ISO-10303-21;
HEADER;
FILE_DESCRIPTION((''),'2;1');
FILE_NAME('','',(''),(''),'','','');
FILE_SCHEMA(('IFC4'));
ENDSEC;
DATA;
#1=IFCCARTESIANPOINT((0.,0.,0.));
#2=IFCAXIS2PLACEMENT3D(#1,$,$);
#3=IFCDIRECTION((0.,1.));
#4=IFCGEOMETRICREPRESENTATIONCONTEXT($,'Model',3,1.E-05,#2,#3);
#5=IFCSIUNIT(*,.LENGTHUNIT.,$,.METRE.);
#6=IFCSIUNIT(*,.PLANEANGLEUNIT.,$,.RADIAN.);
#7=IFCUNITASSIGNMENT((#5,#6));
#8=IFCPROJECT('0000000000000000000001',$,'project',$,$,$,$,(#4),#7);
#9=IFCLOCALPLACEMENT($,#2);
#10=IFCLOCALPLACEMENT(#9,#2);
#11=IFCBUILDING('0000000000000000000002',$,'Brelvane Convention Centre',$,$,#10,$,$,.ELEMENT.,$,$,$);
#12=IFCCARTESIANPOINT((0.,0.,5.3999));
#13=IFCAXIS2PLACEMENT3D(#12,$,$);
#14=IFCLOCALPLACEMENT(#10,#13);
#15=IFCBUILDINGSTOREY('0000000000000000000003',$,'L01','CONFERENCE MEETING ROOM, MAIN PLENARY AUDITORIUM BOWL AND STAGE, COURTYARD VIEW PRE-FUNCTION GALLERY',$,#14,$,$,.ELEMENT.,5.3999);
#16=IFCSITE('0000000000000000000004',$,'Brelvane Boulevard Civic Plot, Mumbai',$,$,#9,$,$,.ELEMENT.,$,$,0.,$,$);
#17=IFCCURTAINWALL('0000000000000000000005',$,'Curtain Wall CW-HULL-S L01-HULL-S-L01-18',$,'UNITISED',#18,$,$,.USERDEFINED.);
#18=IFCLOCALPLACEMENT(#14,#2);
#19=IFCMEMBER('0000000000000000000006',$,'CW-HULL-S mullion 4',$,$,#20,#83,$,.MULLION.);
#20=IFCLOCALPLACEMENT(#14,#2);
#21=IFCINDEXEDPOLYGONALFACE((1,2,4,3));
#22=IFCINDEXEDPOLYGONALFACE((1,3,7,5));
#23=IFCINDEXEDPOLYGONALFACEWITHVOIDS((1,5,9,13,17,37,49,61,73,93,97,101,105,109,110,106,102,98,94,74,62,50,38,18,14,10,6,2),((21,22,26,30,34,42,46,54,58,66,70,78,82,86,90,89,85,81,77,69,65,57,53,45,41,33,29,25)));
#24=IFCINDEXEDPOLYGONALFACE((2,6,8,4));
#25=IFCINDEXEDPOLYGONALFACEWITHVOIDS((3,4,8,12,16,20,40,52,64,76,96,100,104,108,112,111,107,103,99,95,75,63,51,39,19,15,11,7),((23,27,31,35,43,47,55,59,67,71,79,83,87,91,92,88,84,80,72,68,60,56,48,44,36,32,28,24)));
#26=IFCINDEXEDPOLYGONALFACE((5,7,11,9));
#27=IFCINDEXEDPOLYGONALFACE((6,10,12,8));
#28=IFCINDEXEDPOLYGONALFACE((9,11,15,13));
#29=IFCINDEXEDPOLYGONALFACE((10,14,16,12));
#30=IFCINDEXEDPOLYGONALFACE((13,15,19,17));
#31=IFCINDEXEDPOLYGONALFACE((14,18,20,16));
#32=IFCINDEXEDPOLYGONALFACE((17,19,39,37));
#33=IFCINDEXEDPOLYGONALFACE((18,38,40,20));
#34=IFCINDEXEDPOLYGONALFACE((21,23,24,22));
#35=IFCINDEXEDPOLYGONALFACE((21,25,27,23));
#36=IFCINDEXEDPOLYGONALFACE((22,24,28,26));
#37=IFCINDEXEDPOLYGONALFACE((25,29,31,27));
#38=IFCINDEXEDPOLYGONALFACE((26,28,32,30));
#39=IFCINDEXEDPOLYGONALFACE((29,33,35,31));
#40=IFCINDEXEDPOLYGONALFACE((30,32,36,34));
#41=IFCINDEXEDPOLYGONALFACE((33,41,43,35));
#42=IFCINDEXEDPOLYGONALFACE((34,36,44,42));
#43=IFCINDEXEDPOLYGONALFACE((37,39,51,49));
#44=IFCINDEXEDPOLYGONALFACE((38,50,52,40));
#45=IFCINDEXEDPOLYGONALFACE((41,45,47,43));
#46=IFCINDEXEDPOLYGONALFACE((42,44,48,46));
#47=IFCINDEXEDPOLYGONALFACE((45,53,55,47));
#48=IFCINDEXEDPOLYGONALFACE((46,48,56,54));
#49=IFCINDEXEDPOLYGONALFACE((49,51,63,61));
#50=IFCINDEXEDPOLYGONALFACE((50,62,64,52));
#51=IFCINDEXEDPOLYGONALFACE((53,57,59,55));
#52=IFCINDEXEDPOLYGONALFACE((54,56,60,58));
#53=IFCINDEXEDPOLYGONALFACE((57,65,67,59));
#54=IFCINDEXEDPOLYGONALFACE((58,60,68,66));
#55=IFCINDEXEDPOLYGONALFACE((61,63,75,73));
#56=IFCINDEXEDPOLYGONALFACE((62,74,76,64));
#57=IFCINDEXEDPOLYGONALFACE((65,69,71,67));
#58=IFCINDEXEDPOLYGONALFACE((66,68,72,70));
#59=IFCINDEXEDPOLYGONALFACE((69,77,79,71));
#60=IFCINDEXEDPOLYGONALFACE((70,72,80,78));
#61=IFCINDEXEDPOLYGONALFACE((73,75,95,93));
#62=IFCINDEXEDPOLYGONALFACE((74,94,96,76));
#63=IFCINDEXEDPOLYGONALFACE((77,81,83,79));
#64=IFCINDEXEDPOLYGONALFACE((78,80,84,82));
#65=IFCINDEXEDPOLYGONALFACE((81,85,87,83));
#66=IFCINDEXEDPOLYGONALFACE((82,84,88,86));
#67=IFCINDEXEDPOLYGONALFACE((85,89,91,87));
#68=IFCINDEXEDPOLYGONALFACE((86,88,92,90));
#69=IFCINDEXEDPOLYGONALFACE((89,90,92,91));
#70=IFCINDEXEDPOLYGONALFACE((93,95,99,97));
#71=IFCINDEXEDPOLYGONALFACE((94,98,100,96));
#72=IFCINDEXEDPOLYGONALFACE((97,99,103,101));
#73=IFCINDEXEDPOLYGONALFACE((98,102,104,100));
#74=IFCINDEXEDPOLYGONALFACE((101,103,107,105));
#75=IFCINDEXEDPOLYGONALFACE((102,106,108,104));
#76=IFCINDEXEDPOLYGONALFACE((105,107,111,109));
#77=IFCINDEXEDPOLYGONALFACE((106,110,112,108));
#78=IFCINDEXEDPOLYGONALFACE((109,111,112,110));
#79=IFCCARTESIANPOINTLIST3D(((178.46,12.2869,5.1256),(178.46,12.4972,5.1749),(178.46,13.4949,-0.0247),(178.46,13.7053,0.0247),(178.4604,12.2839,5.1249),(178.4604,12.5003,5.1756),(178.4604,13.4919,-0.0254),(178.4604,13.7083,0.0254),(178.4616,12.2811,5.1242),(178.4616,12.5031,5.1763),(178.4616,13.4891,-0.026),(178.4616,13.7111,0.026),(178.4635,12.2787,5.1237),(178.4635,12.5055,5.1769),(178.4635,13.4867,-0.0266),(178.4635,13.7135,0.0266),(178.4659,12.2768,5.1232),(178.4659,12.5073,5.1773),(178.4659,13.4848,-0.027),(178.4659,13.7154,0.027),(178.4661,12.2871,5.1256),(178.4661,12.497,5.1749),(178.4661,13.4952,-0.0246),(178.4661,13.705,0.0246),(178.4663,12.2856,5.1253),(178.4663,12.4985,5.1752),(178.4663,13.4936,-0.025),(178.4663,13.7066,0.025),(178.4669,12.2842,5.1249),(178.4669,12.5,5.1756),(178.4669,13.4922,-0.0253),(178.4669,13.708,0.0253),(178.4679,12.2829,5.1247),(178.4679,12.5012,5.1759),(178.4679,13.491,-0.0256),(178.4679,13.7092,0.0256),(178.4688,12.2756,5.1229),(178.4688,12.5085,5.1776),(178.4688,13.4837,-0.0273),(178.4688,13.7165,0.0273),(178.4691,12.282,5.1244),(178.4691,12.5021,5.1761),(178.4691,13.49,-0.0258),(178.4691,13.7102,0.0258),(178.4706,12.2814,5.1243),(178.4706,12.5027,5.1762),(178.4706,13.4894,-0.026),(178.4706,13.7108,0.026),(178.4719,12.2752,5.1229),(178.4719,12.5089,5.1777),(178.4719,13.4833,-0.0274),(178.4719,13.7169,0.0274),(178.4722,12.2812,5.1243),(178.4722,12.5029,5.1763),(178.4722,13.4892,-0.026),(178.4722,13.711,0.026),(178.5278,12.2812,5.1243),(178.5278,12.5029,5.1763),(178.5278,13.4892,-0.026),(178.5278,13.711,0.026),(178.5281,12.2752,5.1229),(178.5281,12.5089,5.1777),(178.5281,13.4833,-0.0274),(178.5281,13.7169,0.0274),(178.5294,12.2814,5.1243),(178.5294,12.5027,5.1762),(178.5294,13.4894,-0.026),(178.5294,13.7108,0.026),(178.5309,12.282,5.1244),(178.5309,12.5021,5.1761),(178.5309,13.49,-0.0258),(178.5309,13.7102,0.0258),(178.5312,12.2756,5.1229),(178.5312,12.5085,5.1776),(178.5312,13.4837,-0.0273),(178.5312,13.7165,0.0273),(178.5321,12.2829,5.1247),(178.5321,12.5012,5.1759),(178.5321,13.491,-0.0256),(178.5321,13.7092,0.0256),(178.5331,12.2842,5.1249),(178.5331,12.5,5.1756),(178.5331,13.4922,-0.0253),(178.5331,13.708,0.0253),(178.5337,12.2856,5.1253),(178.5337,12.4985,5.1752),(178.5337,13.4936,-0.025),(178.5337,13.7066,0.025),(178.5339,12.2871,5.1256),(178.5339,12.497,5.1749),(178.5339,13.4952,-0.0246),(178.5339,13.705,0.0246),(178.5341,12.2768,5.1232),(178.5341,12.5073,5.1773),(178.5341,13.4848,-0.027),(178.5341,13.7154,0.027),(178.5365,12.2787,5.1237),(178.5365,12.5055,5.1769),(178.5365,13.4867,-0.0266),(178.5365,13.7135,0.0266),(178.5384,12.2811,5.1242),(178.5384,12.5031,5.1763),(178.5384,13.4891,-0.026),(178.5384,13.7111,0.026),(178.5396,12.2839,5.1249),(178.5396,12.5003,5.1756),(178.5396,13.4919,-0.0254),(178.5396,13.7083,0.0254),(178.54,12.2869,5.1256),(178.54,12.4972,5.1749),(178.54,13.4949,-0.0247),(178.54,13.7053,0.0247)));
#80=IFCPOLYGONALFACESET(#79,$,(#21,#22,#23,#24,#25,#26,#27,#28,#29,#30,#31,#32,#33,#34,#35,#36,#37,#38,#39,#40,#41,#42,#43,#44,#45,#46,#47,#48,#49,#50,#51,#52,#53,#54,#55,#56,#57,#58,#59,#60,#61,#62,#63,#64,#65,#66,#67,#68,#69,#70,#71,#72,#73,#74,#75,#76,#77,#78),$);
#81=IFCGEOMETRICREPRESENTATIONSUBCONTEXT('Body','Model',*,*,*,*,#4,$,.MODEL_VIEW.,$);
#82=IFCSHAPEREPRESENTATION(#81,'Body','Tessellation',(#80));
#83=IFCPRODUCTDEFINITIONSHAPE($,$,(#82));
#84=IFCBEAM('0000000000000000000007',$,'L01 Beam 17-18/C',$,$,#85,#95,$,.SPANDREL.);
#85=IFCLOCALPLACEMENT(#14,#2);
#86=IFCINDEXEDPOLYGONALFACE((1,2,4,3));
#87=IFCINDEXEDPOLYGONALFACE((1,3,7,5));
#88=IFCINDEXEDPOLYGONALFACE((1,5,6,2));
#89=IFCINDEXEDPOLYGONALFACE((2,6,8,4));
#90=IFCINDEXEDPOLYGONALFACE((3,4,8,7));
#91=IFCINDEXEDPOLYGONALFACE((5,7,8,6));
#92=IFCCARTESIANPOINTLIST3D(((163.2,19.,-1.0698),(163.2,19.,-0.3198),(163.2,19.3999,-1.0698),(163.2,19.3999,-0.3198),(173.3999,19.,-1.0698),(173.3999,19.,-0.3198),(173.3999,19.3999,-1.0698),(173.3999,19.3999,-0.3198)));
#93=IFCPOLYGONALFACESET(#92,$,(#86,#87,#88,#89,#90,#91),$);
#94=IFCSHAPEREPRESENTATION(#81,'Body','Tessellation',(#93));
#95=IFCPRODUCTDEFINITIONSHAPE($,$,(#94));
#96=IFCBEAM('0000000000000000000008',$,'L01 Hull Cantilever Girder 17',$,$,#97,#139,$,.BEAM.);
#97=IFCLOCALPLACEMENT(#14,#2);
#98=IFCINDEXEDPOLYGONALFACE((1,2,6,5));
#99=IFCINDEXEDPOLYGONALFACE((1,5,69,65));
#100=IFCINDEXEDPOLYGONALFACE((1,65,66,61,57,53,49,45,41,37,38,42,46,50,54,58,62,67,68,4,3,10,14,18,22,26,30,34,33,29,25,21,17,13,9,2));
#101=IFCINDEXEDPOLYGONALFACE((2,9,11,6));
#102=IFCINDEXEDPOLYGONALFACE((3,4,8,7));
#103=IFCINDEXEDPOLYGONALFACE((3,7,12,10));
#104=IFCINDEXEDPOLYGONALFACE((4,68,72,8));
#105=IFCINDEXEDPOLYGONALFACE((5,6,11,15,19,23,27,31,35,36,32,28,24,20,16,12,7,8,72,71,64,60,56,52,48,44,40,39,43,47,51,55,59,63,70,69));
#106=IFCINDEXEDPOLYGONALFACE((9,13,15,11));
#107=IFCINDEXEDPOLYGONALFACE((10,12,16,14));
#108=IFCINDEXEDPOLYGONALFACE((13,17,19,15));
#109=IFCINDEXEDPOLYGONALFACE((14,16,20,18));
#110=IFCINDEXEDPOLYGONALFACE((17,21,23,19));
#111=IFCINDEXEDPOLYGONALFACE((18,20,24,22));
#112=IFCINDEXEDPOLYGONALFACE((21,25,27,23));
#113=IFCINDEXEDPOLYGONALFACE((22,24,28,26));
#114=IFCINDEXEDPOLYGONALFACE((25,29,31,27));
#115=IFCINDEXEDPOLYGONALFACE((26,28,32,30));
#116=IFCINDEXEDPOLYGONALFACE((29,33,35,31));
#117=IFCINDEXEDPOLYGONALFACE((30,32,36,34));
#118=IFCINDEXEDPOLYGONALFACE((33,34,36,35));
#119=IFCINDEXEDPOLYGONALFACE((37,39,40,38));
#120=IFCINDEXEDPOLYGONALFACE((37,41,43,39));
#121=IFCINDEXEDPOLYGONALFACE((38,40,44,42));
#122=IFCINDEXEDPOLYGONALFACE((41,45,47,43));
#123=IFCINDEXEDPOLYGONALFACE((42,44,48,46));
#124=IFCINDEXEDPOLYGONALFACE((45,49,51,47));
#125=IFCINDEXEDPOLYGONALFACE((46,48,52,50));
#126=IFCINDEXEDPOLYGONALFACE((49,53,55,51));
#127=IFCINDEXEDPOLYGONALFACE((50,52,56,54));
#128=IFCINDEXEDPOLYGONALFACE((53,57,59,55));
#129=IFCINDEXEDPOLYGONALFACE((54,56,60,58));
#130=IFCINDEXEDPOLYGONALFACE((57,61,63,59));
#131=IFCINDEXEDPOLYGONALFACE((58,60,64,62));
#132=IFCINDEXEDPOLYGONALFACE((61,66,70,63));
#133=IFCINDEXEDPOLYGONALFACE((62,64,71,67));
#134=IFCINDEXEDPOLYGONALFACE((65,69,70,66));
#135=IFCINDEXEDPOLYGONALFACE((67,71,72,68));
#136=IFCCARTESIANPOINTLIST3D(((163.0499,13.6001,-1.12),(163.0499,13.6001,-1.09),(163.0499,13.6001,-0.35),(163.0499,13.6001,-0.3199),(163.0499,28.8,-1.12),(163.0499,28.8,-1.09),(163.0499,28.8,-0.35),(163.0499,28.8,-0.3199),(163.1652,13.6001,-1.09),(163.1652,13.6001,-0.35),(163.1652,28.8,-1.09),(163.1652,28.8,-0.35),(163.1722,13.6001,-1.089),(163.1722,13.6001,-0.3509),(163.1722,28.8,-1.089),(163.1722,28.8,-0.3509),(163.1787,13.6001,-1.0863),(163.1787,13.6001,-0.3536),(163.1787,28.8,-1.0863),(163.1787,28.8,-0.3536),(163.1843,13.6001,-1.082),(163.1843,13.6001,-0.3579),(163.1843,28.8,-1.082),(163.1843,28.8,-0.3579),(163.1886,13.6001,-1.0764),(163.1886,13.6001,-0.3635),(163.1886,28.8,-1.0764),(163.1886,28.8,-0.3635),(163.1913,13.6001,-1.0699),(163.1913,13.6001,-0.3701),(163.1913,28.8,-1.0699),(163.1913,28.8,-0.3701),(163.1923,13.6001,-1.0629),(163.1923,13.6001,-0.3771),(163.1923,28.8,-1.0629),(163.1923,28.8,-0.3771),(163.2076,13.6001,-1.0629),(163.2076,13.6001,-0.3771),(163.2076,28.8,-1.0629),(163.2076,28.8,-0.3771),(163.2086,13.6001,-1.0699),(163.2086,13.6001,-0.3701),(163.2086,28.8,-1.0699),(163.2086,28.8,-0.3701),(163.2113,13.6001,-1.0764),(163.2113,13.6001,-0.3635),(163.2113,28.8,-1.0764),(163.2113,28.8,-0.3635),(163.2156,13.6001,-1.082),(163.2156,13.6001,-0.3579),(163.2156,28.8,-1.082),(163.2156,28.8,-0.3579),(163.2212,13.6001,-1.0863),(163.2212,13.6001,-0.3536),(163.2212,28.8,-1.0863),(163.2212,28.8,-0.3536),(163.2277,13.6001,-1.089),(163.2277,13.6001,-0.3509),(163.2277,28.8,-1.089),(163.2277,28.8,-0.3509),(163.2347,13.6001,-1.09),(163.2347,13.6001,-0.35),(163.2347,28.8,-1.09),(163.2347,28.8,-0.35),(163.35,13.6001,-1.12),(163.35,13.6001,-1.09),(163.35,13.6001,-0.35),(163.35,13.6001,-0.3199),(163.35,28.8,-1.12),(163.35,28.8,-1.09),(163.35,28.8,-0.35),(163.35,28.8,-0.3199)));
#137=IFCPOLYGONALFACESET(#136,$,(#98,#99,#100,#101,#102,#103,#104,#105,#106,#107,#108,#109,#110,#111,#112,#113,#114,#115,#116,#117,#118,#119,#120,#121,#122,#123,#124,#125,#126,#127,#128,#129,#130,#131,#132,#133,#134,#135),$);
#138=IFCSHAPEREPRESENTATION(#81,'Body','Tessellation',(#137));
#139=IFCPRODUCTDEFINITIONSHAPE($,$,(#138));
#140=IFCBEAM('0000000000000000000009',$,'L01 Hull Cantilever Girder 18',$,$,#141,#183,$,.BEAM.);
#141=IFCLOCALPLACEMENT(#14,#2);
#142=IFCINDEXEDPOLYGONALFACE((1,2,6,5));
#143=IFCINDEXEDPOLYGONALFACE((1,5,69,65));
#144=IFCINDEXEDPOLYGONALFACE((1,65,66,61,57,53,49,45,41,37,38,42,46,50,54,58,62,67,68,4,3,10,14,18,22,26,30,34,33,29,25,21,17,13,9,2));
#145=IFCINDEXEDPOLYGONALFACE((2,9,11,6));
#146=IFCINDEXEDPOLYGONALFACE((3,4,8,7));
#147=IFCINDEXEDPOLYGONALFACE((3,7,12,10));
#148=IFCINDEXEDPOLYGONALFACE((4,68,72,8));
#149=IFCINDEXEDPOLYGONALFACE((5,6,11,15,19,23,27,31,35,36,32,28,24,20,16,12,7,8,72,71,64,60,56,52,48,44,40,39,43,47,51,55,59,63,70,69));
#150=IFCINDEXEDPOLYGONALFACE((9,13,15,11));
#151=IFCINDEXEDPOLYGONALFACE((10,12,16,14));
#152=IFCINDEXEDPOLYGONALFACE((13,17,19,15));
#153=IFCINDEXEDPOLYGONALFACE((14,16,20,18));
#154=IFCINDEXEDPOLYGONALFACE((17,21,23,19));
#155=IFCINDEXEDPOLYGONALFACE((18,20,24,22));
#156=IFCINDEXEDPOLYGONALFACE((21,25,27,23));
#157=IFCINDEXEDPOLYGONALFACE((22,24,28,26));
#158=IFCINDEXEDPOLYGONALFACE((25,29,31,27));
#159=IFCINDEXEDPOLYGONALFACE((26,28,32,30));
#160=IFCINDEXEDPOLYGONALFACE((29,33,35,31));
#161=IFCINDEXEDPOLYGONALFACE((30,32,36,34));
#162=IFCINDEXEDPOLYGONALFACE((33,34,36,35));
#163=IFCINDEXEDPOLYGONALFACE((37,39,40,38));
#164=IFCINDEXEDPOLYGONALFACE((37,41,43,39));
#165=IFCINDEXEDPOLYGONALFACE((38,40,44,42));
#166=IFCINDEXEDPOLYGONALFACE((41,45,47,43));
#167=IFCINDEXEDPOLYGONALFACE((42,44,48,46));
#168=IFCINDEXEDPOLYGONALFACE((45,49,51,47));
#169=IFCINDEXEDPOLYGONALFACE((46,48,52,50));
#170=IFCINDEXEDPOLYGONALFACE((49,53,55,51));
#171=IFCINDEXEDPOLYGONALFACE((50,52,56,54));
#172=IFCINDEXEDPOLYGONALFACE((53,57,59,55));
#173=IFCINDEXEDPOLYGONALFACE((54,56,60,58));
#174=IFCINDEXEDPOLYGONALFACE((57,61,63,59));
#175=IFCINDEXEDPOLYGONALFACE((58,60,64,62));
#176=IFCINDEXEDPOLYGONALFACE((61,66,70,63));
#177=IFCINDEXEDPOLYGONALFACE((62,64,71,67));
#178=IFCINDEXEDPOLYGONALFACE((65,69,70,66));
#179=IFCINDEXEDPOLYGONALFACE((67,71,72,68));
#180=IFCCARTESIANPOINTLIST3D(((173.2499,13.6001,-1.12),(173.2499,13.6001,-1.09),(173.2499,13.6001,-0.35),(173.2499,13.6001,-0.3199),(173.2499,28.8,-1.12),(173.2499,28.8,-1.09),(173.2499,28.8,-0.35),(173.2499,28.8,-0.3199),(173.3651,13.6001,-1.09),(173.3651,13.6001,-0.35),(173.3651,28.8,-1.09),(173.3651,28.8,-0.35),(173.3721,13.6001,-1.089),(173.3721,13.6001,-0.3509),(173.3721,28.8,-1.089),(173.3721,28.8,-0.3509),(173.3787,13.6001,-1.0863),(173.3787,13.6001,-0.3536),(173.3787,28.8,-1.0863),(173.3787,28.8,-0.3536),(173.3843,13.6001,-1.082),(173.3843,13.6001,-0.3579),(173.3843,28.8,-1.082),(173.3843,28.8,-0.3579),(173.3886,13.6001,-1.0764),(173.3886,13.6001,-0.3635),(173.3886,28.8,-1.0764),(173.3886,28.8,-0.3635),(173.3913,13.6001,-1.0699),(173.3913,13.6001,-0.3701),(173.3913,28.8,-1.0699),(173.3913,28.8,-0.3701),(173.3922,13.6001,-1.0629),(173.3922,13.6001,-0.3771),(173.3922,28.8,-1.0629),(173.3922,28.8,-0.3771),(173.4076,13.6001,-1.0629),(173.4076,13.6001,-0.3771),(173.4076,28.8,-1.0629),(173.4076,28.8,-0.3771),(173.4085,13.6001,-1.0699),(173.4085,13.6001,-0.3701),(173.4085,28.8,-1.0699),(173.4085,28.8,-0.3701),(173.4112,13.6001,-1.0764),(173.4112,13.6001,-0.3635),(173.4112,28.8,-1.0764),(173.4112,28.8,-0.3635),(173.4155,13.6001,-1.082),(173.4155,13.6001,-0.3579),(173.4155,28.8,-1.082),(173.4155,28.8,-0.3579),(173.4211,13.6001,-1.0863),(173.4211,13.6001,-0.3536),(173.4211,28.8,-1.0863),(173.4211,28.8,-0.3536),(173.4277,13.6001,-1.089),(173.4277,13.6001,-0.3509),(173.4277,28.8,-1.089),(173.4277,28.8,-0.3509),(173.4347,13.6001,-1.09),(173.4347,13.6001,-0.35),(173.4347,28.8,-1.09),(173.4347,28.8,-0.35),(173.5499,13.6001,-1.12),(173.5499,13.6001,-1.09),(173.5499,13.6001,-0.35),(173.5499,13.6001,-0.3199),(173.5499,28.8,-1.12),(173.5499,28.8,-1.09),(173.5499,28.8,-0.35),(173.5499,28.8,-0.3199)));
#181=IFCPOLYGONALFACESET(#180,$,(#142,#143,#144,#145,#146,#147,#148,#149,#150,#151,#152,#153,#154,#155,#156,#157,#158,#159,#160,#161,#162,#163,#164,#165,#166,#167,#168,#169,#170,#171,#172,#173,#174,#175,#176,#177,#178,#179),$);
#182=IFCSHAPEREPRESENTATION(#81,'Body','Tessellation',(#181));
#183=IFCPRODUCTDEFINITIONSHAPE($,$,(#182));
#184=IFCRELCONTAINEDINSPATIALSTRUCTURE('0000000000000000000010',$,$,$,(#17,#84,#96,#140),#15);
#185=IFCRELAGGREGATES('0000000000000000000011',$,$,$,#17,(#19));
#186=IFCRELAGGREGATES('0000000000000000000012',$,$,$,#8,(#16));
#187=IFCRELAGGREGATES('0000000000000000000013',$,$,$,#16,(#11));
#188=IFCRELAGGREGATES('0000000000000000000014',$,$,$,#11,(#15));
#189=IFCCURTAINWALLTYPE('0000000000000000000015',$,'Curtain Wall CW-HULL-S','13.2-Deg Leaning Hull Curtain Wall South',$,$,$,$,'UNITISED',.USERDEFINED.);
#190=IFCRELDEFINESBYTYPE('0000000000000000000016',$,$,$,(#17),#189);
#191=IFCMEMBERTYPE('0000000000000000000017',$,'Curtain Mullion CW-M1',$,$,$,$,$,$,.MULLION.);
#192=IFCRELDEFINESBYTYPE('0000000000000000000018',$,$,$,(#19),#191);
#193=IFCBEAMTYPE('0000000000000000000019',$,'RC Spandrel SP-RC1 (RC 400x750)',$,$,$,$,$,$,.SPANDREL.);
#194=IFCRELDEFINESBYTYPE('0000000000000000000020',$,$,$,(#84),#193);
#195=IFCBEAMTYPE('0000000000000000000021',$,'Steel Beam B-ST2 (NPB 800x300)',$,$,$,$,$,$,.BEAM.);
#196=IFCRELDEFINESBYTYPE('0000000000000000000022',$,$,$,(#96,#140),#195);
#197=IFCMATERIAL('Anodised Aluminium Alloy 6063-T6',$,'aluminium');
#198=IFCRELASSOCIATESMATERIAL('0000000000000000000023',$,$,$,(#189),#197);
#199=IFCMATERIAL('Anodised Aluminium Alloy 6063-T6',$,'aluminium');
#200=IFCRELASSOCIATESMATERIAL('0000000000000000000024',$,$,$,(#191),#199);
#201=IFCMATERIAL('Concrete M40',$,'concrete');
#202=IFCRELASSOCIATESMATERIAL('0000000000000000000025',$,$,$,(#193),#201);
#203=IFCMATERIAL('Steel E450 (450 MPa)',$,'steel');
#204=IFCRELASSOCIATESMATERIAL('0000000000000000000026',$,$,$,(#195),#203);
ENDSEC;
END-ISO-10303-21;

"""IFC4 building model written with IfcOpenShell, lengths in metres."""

from ifc_helpers import new_model, si_unit, direction, frame, origin, origin_2d, place, context, subcontext, project, spatial, rectangle, hollow_rectangle, i_section, extrude, material, material_profile, profile_set, type_object, element, aggregate, save


model = new_model("IFC4")

# Units and contexts
model_context = context("Model", 3, precision=1e-05, world=origin(), true_north=direction((0.0, 1.0)))
body_context = subcontext(model_context, "Body", "Model", "MODEL_VIEW")
ifc_project = project(units=[si_unit("LENGTHUNIT", "METRE"), si_unit("PLANEANGLEUNIT", "RADIAN")], contexts=[model_context])

# Site, building, storey
site_placement = place(None, origin())
site = spatial("IfcSite", under=ifc_project, at=site_placement, Name="Brelvane Boulevard Civic Plot, Mumbai", CompositionType="ELEMENT", RefElevation=0.0)
building_placement = place(site_placement, origin())
building = spatial("IfcBuilding", under=site, at=building_placement, Name="Brelvane Convention Centre", CompositionType="ELEMENT")
storey_placement = place(building_placement, frame((0.0, 0.0, 5.3999)))
storey = spatial("IfcBuildingStorey", under=building, at=storey_placement, Name="L01", Description="CONFERENCE MEETING ROOM, MAIN PLENARY AUDITORIUM BOWL AND STAGE, COURTYARD VIEW PRE-FUNCTION GALLERY", CompositionType="ELEMENT", Elevation=5.3999)

# Curtain wall, member
ifc_material_1 = material(Name="Anodised Aluminium Alloy 6063-T6", Category="aluminium")
curtain_wall_type = type_object("IfcCurtainWallType", Name="Curtain Wall CW-HULL-S", Description="13.2-Deg Leaning Hull Curtain Wall South", ElementType="UNITISED", PredefinedType="USERDEFINED", material=ifc_material_1)
ifc_material_2 = material(Name="Anodised Aluminium Alloy 6063-T6", Category="aluminium")
ifc_material_profile_1 = material_profile(ifc_material_2, hollow_rectangle(XDim=0.0801, YDim=0.24, WallThickness=0.0061, InnerFilletRadius=0.0061, OuterFilletRadius=0.012, at=origin_2d()), Name="ALU-M 240x80x6.0")
ifc_profile_set_1 = profile_set([ifc_material_profile_1], Name="Anodised Aluminium Alloy 6063-T6")
member_type_1 = type_object("IfcMemberType", Name="Curtain Mullion CW-M1", PredefinedType="MULLION", material=ifc_profile_set_1)
curtain_wall_1_placement = place(storey_placement, origin())
curtain_wall_1 = element("IfcCurtainWall", 1, at=curtain_wall_1_placement, inside=storey, type_object=curtain_wall_type, Name="Curtain Wall CW-HULL-S L01-HULL-S-L01-18", ObjectType="UNITISED", PredefinedType="USERDEFINED")
member_1_placement = place(storey_placement, frame((178.5, 13.6001, 0.0), z_axis=(0.0, -0.22836, 0.973577), x_axis=(1.0, 0.0, 0.0)))
member_1 = element("IfcMember", 2, at=member_1_placement, type_object=member_type_1, Name="CW-HULL-S mullion 4", PredefinedType="MULLION", context=body_context, shape_type="SweptSolid", body=[
    extrude(hollow_rectangle(XDim=0.0801, YDim=0.24, WallThickness=0.0061, InnerFilletRadius=0.0061, OuterFilletRadius=0.012, at=origin_2d()), origin(), (0.0, 0.0, 1.0), 5.29),
])
aggregate(curtain_wall_1, [member_1])

# Beams
ifc_material_3 = material(Name="Concrete M40", Category="concrete")
ifc_material_profile_2 = material_profile(ifc_material_3, rectangle(XDim=0.3999, YDim=0.75, at=origin_2d()), Name="RC 400x750")
ifc_profile_set_2 = profile_set([ifc_material_profile_2], Name="Concrete M40")
beam_type_1 = type_object("IfcBeamType", Name="RC Spandrel SP-RC1 (RC 400x750)", PredefinedType="SPANDREL", material=ifc_profile_set_2)
beam_1_placement = place(storey_placement, frame((163.2, 19.2, -0.6948), z_axis=(1.0, 0.0, 0.0), x_axis=(0.0, 1.0, 0.0)))
element("IfcBeam", 3, at=beam_1_placement, inside=storey, type_object=beam_type_1, Name="L01 Beam 17-18/C", PredefinedType="SPANDREL", context=body_context, shape_type="SweptSolid", body=[
    extrude(rectangle(XDim=0.3999, YDim=0.75, at=origin_2d()), origin(), (0.0, 0.0, 1.0), 10.2),
])
ifc_material_4 = material(Name="Steel E450 (450 MPa)", Category="steel")
ifc_material_profile_3 = material_profile(ifc_material_4, i_section(OverallWidth=0.3, OverallDepth=0.8, WebThickness=0.0154, FlangeThickness=0.03, FilletRadius=0.0271, at=origin_2d()), Name="NPB 800x300")
ifc_profile_set_3 = profile_set([ifc_material_profile_3], Name="Steel E450 (450 MPa)")
beam_type_2 = type_object("IfcBeamType", Name="Steel Beam B-ST2 (NPB 800x300)", PredefinedType="BEAM", material=ifc_profile_set_3)
for number, where, z_axis, x_axis, name in (
    (4, (163.2, 13.6001, -0.72), (0.0, 1.0, 0.0), (-1.0, 0.0, 0.0), "L01 Hull Cantilever Girder 17"),
    (5, (173.3999, 13.6001, -0.72), (0.0, 1.0, 0.0), (-1.0, 0.0, 0.0), "L01 Hull Cantilever Girder 18"),
):
    element("IfcBeam", number, at=place(storey_placement, frame(where, z_axis=z_axis, x_axis=x_axis)), inside=storey, type_object=beam_type_2, Name=name, PredefinedType="BEAM", context=body_context, shape_type="SweptSolid", body=[
        extrude(i_section(OverallWidth=0.3, OverallDepth=0.8, WebThickness=0.0154, FlangeThickness=0.03, FilletRadius=0.0271, at=origin_2d()), origin(), (0.0, 0.0, 1.0), 15.2),
    ])

save(model, "model.ifc")
